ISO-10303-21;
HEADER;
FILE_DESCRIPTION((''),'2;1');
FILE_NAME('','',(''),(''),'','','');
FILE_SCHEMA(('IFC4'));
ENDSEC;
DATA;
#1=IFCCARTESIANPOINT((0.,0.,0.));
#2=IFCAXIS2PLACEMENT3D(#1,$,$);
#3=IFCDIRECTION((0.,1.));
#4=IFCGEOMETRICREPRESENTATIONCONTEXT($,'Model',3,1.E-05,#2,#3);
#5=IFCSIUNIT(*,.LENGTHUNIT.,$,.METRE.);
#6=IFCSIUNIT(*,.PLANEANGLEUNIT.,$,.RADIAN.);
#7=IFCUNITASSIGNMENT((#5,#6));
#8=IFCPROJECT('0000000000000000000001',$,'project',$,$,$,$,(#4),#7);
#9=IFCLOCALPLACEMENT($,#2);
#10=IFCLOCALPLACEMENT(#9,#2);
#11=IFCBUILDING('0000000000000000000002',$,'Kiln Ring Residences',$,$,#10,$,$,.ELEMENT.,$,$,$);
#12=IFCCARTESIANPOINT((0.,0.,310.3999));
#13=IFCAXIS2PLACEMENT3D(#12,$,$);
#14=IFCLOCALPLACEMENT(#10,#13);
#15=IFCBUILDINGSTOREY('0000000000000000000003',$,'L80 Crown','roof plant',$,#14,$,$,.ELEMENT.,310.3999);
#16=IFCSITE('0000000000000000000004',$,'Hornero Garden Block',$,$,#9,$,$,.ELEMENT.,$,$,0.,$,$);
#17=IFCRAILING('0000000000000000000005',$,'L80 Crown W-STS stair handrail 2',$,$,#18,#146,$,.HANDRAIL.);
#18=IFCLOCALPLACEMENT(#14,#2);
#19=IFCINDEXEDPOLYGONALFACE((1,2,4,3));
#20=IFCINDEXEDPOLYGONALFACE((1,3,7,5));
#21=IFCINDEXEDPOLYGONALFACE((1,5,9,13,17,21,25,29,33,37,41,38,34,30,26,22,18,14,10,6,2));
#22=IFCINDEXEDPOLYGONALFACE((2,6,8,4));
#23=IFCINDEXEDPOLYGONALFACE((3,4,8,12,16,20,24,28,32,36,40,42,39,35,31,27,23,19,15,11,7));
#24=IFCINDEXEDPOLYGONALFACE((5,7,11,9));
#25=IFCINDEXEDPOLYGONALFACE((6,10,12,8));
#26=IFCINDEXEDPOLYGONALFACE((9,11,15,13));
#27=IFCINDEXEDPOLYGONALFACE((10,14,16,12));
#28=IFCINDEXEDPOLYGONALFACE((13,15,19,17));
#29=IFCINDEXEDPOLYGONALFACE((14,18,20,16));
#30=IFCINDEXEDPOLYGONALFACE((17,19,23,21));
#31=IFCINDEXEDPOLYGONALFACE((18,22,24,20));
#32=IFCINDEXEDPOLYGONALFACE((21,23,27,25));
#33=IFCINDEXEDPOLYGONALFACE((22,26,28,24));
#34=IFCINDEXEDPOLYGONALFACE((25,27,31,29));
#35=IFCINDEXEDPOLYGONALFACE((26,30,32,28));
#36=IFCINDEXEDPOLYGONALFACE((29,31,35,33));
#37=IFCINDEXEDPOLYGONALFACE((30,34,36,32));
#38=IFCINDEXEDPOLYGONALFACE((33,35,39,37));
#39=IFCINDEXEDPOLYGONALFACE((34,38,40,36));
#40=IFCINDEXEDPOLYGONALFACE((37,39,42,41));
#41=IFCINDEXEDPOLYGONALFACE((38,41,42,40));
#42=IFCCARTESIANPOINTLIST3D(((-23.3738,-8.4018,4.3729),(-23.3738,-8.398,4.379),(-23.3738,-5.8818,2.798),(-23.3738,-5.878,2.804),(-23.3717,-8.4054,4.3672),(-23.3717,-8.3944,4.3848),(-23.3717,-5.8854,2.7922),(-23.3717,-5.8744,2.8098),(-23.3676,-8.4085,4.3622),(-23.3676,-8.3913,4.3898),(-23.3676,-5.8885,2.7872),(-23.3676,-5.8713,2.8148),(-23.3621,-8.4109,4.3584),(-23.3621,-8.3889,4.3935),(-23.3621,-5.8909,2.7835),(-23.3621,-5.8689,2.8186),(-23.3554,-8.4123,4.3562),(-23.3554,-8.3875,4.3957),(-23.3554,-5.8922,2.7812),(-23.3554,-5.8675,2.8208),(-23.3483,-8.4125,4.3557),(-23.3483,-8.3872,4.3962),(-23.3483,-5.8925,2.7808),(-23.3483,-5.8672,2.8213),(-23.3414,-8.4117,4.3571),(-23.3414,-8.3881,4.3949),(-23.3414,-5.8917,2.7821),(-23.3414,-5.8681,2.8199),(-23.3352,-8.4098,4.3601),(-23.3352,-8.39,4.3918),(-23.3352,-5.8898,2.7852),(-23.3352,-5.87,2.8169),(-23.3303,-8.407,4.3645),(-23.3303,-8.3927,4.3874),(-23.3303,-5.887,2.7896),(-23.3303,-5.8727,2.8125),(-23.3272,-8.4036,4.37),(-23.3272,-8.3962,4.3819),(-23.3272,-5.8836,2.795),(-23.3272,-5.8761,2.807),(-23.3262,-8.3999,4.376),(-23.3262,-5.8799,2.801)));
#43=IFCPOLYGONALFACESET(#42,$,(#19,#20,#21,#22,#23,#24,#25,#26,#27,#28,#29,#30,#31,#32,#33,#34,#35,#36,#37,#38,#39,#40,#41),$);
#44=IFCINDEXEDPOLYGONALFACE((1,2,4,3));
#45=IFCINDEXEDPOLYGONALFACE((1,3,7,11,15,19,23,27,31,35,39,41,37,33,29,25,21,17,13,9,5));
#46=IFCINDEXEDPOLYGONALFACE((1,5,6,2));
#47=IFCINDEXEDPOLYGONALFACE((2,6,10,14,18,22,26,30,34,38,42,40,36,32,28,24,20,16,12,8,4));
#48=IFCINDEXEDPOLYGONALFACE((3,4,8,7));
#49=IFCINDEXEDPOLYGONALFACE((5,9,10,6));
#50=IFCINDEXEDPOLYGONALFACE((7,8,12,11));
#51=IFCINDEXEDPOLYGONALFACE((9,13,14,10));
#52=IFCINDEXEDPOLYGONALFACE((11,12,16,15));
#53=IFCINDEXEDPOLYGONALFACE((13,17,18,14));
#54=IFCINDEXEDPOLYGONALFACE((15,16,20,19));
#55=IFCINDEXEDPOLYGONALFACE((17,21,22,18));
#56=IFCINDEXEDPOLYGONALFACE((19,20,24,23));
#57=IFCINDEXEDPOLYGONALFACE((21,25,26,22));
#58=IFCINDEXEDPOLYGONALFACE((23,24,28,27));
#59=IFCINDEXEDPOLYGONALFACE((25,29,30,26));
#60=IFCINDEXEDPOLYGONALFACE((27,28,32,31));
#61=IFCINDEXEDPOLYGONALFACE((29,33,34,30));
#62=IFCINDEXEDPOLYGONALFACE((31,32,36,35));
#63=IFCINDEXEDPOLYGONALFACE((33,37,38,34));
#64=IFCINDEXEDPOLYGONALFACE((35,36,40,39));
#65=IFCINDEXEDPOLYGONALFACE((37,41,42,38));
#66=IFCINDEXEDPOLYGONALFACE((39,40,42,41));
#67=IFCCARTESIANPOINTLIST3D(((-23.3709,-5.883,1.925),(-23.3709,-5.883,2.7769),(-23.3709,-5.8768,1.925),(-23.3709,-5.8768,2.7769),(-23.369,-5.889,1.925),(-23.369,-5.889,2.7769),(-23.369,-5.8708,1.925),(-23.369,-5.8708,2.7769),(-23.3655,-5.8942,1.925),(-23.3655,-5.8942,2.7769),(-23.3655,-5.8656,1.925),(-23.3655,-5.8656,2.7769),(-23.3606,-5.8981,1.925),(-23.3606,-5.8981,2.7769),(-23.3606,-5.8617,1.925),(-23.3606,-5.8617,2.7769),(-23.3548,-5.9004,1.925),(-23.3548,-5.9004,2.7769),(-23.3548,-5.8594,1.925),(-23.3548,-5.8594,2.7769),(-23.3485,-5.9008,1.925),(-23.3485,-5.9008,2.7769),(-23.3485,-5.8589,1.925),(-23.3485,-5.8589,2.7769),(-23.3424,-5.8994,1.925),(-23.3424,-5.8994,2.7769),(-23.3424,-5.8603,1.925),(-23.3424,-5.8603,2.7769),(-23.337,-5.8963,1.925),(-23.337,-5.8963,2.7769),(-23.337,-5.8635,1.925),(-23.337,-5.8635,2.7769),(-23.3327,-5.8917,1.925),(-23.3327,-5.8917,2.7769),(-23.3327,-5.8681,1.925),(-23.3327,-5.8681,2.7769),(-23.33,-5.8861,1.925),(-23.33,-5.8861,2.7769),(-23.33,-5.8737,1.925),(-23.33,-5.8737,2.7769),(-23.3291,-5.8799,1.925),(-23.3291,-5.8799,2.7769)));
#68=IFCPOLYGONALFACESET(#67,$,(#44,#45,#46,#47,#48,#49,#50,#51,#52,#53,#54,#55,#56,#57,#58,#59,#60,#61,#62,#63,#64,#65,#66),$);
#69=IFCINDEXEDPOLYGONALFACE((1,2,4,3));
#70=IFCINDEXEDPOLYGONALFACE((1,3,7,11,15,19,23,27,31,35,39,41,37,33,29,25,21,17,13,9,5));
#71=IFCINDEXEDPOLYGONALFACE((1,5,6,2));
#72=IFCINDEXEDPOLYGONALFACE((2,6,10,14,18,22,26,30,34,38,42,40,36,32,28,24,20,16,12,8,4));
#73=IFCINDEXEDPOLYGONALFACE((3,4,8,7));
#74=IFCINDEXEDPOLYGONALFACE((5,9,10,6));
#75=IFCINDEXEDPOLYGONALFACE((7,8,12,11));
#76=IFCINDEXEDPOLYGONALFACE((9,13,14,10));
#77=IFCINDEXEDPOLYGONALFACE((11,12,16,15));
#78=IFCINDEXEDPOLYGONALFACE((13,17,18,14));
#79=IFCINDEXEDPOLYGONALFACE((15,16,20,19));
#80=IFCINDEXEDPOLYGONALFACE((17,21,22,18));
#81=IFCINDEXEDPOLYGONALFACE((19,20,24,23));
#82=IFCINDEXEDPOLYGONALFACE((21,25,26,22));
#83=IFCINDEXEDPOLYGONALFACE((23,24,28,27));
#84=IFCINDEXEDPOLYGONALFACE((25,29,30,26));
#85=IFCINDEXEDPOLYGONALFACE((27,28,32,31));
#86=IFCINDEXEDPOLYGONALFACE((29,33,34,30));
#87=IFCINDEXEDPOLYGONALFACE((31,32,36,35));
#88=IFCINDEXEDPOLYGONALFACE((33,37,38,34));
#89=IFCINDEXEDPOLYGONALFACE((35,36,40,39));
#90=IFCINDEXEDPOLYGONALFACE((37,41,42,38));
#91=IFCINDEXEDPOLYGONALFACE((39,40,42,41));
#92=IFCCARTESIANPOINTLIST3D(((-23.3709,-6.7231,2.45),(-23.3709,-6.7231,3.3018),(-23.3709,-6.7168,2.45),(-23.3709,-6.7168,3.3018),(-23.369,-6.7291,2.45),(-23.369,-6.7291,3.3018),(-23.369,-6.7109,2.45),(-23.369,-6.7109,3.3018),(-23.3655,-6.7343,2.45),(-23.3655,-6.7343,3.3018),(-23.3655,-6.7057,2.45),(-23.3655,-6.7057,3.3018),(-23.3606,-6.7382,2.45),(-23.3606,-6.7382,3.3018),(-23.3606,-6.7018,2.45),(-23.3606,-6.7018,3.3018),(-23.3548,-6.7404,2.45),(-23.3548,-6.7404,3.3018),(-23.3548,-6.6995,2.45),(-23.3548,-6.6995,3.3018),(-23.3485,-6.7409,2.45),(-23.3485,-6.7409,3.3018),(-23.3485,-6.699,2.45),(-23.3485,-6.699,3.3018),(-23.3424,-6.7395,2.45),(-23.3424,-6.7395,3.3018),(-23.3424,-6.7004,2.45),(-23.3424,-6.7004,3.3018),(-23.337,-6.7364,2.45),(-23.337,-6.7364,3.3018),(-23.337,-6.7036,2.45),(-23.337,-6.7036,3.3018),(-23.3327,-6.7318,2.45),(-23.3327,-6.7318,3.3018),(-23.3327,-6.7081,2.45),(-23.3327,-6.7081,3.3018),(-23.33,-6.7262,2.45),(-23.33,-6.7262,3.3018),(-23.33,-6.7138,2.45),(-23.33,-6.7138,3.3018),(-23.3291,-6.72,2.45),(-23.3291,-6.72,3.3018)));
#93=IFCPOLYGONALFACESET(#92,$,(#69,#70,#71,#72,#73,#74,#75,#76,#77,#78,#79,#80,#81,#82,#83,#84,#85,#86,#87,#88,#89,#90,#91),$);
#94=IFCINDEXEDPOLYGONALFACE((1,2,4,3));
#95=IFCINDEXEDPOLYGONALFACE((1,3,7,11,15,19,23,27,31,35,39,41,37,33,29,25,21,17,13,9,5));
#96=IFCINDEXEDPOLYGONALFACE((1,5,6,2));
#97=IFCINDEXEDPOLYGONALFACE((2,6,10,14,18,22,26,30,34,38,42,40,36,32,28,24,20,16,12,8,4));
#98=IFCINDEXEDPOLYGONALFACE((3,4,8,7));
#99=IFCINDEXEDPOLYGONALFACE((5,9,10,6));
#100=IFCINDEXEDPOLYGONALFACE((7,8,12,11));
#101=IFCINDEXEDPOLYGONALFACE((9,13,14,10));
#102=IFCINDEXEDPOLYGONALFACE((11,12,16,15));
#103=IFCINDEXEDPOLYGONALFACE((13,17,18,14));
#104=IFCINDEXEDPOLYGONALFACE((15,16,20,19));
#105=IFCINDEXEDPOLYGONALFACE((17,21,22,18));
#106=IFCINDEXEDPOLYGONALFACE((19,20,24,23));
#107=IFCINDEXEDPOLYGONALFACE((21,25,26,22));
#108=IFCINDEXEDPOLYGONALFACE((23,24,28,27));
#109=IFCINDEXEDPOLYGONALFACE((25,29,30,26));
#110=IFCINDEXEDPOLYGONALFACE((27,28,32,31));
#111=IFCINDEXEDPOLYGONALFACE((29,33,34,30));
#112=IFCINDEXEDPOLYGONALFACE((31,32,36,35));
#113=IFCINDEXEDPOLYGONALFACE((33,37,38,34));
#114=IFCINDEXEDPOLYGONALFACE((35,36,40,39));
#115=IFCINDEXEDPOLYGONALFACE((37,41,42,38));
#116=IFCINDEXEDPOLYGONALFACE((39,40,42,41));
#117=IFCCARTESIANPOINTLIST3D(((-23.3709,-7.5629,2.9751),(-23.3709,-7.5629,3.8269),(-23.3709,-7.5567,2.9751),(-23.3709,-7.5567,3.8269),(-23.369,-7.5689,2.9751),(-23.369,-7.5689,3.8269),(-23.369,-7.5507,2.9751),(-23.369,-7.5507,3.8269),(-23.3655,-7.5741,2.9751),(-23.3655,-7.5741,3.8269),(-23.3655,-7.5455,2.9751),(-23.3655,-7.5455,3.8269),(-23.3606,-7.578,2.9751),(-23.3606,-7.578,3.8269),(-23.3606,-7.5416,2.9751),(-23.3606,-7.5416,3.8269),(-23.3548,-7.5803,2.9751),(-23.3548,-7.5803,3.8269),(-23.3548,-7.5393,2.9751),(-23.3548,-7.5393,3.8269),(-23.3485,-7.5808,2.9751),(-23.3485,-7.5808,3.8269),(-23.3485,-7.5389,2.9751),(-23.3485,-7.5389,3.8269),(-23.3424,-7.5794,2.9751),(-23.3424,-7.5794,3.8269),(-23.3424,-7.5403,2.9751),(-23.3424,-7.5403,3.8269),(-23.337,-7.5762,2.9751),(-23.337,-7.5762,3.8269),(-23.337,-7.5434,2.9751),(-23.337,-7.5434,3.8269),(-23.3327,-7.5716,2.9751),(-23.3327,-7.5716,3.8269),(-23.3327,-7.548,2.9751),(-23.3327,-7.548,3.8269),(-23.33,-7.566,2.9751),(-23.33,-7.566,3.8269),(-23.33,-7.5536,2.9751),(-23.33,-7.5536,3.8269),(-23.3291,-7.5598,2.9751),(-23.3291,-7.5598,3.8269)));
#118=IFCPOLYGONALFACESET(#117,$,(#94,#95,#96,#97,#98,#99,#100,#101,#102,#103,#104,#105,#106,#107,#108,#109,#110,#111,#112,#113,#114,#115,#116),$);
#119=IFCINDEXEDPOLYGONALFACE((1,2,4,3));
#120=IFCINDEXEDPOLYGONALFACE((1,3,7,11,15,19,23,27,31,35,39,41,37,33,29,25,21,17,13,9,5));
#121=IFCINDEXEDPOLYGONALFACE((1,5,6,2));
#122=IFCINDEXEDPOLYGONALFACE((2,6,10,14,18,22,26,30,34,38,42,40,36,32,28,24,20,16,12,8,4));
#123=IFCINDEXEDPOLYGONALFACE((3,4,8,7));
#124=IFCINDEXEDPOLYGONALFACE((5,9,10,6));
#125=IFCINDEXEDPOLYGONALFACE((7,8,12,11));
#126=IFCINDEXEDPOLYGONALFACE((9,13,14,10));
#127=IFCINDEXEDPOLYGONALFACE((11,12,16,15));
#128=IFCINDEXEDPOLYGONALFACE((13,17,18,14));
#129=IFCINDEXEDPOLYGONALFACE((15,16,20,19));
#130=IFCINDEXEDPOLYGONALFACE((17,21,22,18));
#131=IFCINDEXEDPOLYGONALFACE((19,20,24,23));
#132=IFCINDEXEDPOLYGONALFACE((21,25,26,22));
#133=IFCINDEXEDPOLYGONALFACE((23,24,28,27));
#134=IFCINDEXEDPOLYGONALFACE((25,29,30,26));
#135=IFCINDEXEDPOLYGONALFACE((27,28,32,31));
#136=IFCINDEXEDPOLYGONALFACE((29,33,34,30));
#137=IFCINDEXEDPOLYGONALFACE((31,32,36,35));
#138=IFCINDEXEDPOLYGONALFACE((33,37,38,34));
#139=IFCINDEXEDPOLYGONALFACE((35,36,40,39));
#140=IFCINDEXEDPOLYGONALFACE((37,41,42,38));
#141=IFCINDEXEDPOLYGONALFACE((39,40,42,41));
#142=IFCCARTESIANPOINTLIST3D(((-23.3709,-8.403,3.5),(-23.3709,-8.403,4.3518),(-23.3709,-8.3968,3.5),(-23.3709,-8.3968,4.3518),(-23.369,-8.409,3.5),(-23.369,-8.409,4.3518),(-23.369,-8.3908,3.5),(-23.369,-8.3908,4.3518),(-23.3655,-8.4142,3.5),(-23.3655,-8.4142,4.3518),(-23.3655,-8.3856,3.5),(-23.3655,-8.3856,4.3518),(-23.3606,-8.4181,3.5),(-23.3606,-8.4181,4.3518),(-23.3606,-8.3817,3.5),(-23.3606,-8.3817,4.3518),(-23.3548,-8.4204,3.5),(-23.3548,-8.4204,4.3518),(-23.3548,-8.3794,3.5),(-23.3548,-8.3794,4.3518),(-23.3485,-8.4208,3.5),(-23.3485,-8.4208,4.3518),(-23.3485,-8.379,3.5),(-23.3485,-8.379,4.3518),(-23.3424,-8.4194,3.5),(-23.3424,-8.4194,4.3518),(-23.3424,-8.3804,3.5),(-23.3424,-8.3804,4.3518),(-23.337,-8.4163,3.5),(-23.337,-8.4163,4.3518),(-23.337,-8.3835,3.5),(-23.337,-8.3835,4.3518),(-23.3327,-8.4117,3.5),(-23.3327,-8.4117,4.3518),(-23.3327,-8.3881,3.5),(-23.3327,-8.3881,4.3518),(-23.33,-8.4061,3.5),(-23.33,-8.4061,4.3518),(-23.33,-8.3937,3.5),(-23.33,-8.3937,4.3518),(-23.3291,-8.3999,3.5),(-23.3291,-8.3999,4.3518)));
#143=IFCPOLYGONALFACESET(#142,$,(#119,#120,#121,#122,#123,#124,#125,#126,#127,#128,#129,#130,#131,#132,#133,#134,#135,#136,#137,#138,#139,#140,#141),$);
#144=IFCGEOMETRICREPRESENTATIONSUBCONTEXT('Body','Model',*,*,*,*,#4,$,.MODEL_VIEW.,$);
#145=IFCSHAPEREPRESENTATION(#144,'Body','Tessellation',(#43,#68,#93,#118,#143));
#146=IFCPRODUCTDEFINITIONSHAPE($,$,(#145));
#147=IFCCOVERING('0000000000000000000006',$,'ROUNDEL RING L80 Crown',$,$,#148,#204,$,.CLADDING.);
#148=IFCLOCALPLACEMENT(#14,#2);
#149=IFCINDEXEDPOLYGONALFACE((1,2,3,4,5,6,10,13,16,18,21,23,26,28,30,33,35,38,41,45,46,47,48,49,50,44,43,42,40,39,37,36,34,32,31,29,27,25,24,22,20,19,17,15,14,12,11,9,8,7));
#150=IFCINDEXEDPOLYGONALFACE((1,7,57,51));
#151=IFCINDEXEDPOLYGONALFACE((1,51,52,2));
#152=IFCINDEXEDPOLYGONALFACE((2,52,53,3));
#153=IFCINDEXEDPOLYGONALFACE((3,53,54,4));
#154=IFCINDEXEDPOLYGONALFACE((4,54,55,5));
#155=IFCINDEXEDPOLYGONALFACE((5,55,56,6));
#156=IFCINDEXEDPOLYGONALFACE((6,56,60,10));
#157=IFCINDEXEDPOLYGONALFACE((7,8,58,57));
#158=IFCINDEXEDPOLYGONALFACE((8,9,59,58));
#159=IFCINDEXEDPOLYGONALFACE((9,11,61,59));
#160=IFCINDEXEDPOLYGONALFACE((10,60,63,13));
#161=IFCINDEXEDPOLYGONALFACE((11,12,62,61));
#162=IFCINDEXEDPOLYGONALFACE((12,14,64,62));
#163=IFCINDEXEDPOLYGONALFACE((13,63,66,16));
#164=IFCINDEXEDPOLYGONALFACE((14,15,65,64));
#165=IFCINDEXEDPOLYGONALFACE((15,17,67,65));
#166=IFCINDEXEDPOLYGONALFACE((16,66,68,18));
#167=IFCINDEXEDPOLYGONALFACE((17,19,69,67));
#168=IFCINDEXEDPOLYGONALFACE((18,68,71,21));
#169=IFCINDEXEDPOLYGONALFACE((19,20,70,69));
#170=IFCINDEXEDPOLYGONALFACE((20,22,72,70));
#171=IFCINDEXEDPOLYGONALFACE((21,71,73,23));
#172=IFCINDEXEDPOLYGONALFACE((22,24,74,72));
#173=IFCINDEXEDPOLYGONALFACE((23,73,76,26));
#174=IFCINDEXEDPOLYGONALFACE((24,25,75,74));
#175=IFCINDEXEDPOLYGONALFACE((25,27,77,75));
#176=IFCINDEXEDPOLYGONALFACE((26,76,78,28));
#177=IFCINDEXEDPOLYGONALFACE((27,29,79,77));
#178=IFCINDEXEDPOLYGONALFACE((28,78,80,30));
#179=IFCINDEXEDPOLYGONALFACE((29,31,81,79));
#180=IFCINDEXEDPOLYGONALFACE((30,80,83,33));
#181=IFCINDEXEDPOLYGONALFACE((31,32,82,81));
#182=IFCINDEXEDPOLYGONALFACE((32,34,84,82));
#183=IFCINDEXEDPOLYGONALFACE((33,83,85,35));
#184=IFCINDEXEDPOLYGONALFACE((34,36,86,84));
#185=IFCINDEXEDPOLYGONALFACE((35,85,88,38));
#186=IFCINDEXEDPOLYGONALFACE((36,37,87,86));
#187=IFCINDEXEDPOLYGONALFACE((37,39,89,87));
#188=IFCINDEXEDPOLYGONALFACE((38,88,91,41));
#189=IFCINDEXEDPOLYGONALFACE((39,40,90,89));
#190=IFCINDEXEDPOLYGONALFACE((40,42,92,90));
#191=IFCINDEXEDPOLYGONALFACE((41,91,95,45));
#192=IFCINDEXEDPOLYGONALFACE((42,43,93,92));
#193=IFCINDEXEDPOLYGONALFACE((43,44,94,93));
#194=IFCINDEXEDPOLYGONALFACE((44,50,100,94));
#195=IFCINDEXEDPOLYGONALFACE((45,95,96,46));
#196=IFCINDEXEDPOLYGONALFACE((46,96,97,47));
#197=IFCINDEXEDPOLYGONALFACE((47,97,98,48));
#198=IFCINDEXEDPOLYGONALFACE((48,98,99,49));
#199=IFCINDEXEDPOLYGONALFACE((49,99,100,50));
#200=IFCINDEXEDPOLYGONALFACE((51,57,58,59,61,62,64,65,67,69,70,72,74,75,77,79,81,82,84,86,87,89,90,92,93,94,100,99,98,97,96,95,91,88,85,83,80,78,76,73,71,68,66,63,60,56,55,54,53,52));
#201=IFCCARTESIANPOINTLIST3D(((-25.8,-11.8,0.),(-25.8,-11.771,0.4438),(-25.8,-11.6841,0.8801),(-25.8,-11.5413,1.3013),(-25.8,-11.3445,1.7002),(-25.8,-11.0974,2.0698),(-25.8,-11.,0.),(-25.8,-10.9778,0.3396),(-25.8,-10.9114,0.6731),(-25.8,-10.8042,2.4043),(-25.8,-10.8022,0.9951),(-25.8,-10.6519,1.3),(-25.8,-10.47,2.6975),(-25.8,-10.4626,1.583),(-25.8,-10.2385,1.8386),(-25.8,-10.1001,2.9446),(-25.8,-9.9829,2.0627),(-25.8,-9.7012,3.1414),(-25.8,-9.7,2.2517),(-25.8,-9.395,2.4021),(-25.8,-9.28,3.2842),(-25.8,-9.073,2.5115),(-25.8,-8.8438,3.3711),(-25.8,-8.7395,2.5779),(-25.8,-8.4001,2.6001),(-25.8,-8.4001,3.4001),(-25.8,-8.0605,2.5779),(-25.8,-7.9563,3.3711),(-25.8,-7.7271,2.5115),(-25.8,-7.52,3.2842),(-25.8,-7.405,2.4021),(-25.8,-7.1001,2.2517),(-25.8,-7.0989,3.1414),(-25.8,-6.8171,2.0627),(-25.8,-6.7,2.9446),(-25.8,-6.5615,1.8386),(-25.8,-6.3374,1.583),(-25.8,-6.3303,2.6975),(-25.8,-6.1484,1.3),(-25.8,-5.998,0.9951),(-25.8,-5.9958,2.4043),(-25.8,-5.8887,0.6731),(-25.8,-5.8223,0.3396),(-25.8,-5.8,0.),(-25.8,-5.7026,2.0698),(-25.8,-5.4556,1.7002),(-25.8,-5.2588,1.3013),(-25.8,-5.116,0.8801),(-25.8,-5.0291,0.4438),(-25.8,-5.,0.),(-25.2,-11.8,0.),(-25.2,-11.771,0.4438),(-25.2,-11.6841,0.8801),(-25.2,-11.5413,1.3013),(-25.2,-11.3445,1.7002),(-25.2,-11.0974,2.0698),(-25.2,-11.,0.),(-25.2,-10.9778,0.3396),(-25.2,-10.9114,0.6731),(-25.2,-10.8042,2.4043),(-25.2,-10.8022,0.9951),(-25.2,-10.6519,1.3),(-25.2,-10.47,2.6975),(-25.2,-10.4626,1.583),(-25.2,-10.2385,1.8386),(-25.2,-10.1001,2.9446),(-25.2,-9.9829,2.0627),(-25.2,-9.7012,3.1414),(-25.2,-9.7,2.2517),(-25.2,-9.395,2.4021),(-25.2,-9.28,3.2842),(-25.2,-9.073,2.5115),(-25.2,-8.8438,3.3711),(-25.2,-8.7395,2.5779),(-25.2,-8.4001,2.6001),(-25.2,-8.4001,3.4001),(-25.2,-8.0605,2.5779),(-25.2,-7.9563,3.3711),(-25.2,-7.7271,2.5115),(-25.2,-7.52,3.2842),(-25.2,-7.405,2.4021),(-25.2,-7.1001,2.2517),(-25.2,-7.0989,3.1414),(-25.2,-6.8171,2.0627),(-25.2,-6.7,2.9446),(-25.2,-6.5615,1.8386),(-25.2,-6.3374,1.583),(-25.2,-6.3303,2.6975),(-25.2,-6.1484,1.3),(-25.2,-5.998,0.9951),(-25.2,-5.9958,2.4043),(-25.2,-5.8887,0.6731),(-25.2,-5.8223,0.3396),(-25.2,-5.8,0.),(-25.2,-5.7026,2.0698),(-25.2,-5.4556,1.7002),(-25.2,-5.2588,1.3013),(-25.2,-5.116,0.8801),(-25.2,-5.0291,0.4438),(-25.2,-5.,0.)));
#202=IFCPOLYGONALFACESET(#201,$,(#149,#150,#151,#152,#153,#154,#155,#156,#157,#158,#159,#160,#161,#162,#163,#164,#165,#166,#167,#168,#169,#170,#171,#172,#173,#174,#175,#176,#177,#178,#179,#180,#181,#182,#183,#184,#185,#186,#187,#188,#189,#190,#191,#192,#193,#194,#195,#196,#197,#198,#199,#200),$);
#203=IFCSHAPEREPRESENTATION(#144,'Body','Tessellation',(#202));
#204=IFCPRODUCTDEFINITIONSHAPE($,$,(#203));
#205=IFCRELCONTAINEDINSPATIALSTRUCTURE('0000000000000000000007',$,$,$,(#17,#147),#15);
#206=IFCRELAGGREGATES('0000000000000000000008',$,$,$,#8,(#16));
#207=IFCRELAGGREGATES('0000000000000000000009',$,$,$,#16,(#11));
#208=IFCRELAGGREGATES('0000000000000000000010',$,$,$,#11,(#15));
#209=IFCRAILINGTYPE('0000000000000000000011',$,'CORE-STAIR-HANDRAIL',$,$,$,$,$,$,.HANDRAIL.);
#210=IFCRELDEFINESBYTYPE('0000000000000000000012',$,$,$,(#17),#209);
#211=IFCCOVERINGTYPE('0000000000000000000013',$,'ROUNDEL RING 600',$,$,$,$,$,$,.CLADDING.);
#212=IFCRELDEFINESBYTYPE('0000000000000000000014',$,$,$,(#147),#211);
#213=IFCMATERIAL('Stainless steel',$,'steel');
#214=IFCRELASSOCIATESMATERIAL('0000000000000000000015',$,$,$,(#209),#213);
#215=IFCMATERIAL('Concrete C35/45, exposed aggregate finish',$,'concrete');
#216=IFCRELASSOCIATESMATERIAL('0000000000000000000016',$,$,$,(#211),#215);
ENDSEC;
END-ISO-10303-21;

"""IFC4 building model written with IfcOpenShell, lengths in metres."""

from ifc_helpers import new_model, si_unit, direction, frame, origin, origin_2d, place, context, subcontext, project, spatial, polyline, circle, outline, extrude, material, type_object, element, save


model = new_model("IFC4")

# Units and contexts
model_context = context("Model", 3, precision=1e-05, world=origin(), true_north=direction((0.0, 1.0)))
body_context = subcontext(model_context, "Body", "Model", "MODEL_VIEW")
ifc_project = project(units=[si_unit("LENGTHUNIT", "METRE"), si_unit("PLANEANGLEUNIT", "RADIAN")], contexts=[model_context])

# Site, building, storey
site_placement = place(None, origin())
site = spatial("IfcSite", under=ifc_project, at=site_placement, Name="Hornero Garden Block", CompositionType="ELEMENT", RefElevation=0.0)
building_placement = place(site_placement, origin())
building = spatial("IfcBuilding", under=site, at=building_placement, Name="Kiln Ring Residences", CompositionType="ELEMENT")
storey_placement = place(building_placement, frame((0.0, 0.0, 310.3999)))
storey = spatial("IfcBuildingStorey", under=building, at=storey_placement, Name="L80 Crown", Description="roof plant", CompositionType="ELEMENT", Elevation=310.3999)

# Railing
ifc_material_1 = material(Name="Stainless steel", Category="steel")
railing_type_1 = type_object("IfcRailingType", Name="CORE-STAIR-HANDRAIL", PredefinedType="HANDRAIL", material=ifc_material_1)
railing_1_placement = place(storey_placement, frame((-23.3501, -5.8799, 1.925)))
element("IfcRailing", 1, at=railing_1_placement, inside=storey, type_object=railing_type_1, Name="L80 Crown W-STS stair handrail 2", PredefinedType="HANDRAIL", context=body_context, shape_type="SweptSolid", body=[
    extrude(circle(Radius=0.0239, at=origin_2d()), frame((0.0, 0.0, 0.876), z_axis=(0.0, -0.848008, 0.529984), x_axis=(1.0, 0.0, 0.0)), (0.0, 0.0, 1.0), 2.9717),
    extrude(circle(Radius=0.021, at=origin_2d()), origin(), (0.0, 0.0, 1.0), 0.8518),
    extrude(circle(Radius=0.021, at=origin_2d()), frame((0.0, -0.8401, 0.5249)), (0.0, 0.0, 1.0), 0.8518),
    extrude(circle(Radius=0.021, at=origin_2d()), frame((0.0, -1.6799, 1.05)), (0.0, 0.0, 1.0), 0.8518),
    extrude(circle(Radius=0.021, at=origin_2d()), frame((0.0, -2.52, 1.575)), (0.0, 0.0, 1.0), 0.8518),
])

# Covering
ifc_material_2 = material(Name="Concrete C35/45, exposed aggregate finish", Category="concrete")
covering_type = type_object("IfcCoveringType", Name="ROUNDEL RING 600", PredefinedType="CLADDING", material=ifc_material_2)
covering_1_placement = place(storey_placement, frame((-25.5, -11.8, 0.0), z_axis=(0.0, 0.0, 1.0), x_axis=(0.0, 1.0, 0.0)))
element("IfcCovering", 2, at=covering_1_placement, inside=storey, type_object=covering_type, Name="ROUNDEL RING L80 Crown", PredefinedType="CLADDING", context=body_context, shape_type="SweptSolid", body=[
    extrude(outline(polyline([(6.8, 0.0), (6.771, 0.4438), (6.6841, 0.8801), (6.5413, 1.3013), (6.3445, 1.7002), (6.0974, 2.0698), (5.8042, 2.4043), (5.4697, 2.6975), (5.1001, 2.9446), (4.7012, 3.1414), (4.28, 3.2842), (3.8438, 3.3711), (3.3999, 3.4001), (2.9563, 3.3711), (2.52, 3.2842), (2.0989, 3.1414), (1.7, 2.9446), (1.3301, 2.6975), (0.9958, 2.4043), (0.7026, 2.0698), (0.4556, 1.7002), (0.2588, 1.3013), (0.116, 0.8801), (0.0291, 0.4438), (0.0, 0.0), (0.8, 0.0), (0.8223, 0.3396), (0.8887, 0.6731), (0.9978, 0.9951), (1.1482, 1.3), (1.3374, 1.583), (1.5615, 1.8386), (1.8171, 2.0627), (2.1001, 2.2517), (2.405, 2.4021), (2.7271, 2.5115), (3.0605, 2.5779), (3.3999, 2.6001), (3.7395, 2.5779), (4.073, 2.5115), (4.395, 2.4021), (4.7, 2.2517), (4.9829, 2.0627), (5.2385, 1.8386), (5.4626, 1.583), (5.6516, 1.3), (5.802, 0.9951), (5.9114, 0.6731), (5.9778, 0.3396), (6.0, 0.0), (6.8, 0.0)])), frame((0.0, 0.3, 0.0), z_axis=(0.0, -1.0, 0.0), x_axis=(1.0, 0.0, 0.0)), (0.0, 0.0, 1.0), 0.6001),
])

save(model, "model.ifc")
